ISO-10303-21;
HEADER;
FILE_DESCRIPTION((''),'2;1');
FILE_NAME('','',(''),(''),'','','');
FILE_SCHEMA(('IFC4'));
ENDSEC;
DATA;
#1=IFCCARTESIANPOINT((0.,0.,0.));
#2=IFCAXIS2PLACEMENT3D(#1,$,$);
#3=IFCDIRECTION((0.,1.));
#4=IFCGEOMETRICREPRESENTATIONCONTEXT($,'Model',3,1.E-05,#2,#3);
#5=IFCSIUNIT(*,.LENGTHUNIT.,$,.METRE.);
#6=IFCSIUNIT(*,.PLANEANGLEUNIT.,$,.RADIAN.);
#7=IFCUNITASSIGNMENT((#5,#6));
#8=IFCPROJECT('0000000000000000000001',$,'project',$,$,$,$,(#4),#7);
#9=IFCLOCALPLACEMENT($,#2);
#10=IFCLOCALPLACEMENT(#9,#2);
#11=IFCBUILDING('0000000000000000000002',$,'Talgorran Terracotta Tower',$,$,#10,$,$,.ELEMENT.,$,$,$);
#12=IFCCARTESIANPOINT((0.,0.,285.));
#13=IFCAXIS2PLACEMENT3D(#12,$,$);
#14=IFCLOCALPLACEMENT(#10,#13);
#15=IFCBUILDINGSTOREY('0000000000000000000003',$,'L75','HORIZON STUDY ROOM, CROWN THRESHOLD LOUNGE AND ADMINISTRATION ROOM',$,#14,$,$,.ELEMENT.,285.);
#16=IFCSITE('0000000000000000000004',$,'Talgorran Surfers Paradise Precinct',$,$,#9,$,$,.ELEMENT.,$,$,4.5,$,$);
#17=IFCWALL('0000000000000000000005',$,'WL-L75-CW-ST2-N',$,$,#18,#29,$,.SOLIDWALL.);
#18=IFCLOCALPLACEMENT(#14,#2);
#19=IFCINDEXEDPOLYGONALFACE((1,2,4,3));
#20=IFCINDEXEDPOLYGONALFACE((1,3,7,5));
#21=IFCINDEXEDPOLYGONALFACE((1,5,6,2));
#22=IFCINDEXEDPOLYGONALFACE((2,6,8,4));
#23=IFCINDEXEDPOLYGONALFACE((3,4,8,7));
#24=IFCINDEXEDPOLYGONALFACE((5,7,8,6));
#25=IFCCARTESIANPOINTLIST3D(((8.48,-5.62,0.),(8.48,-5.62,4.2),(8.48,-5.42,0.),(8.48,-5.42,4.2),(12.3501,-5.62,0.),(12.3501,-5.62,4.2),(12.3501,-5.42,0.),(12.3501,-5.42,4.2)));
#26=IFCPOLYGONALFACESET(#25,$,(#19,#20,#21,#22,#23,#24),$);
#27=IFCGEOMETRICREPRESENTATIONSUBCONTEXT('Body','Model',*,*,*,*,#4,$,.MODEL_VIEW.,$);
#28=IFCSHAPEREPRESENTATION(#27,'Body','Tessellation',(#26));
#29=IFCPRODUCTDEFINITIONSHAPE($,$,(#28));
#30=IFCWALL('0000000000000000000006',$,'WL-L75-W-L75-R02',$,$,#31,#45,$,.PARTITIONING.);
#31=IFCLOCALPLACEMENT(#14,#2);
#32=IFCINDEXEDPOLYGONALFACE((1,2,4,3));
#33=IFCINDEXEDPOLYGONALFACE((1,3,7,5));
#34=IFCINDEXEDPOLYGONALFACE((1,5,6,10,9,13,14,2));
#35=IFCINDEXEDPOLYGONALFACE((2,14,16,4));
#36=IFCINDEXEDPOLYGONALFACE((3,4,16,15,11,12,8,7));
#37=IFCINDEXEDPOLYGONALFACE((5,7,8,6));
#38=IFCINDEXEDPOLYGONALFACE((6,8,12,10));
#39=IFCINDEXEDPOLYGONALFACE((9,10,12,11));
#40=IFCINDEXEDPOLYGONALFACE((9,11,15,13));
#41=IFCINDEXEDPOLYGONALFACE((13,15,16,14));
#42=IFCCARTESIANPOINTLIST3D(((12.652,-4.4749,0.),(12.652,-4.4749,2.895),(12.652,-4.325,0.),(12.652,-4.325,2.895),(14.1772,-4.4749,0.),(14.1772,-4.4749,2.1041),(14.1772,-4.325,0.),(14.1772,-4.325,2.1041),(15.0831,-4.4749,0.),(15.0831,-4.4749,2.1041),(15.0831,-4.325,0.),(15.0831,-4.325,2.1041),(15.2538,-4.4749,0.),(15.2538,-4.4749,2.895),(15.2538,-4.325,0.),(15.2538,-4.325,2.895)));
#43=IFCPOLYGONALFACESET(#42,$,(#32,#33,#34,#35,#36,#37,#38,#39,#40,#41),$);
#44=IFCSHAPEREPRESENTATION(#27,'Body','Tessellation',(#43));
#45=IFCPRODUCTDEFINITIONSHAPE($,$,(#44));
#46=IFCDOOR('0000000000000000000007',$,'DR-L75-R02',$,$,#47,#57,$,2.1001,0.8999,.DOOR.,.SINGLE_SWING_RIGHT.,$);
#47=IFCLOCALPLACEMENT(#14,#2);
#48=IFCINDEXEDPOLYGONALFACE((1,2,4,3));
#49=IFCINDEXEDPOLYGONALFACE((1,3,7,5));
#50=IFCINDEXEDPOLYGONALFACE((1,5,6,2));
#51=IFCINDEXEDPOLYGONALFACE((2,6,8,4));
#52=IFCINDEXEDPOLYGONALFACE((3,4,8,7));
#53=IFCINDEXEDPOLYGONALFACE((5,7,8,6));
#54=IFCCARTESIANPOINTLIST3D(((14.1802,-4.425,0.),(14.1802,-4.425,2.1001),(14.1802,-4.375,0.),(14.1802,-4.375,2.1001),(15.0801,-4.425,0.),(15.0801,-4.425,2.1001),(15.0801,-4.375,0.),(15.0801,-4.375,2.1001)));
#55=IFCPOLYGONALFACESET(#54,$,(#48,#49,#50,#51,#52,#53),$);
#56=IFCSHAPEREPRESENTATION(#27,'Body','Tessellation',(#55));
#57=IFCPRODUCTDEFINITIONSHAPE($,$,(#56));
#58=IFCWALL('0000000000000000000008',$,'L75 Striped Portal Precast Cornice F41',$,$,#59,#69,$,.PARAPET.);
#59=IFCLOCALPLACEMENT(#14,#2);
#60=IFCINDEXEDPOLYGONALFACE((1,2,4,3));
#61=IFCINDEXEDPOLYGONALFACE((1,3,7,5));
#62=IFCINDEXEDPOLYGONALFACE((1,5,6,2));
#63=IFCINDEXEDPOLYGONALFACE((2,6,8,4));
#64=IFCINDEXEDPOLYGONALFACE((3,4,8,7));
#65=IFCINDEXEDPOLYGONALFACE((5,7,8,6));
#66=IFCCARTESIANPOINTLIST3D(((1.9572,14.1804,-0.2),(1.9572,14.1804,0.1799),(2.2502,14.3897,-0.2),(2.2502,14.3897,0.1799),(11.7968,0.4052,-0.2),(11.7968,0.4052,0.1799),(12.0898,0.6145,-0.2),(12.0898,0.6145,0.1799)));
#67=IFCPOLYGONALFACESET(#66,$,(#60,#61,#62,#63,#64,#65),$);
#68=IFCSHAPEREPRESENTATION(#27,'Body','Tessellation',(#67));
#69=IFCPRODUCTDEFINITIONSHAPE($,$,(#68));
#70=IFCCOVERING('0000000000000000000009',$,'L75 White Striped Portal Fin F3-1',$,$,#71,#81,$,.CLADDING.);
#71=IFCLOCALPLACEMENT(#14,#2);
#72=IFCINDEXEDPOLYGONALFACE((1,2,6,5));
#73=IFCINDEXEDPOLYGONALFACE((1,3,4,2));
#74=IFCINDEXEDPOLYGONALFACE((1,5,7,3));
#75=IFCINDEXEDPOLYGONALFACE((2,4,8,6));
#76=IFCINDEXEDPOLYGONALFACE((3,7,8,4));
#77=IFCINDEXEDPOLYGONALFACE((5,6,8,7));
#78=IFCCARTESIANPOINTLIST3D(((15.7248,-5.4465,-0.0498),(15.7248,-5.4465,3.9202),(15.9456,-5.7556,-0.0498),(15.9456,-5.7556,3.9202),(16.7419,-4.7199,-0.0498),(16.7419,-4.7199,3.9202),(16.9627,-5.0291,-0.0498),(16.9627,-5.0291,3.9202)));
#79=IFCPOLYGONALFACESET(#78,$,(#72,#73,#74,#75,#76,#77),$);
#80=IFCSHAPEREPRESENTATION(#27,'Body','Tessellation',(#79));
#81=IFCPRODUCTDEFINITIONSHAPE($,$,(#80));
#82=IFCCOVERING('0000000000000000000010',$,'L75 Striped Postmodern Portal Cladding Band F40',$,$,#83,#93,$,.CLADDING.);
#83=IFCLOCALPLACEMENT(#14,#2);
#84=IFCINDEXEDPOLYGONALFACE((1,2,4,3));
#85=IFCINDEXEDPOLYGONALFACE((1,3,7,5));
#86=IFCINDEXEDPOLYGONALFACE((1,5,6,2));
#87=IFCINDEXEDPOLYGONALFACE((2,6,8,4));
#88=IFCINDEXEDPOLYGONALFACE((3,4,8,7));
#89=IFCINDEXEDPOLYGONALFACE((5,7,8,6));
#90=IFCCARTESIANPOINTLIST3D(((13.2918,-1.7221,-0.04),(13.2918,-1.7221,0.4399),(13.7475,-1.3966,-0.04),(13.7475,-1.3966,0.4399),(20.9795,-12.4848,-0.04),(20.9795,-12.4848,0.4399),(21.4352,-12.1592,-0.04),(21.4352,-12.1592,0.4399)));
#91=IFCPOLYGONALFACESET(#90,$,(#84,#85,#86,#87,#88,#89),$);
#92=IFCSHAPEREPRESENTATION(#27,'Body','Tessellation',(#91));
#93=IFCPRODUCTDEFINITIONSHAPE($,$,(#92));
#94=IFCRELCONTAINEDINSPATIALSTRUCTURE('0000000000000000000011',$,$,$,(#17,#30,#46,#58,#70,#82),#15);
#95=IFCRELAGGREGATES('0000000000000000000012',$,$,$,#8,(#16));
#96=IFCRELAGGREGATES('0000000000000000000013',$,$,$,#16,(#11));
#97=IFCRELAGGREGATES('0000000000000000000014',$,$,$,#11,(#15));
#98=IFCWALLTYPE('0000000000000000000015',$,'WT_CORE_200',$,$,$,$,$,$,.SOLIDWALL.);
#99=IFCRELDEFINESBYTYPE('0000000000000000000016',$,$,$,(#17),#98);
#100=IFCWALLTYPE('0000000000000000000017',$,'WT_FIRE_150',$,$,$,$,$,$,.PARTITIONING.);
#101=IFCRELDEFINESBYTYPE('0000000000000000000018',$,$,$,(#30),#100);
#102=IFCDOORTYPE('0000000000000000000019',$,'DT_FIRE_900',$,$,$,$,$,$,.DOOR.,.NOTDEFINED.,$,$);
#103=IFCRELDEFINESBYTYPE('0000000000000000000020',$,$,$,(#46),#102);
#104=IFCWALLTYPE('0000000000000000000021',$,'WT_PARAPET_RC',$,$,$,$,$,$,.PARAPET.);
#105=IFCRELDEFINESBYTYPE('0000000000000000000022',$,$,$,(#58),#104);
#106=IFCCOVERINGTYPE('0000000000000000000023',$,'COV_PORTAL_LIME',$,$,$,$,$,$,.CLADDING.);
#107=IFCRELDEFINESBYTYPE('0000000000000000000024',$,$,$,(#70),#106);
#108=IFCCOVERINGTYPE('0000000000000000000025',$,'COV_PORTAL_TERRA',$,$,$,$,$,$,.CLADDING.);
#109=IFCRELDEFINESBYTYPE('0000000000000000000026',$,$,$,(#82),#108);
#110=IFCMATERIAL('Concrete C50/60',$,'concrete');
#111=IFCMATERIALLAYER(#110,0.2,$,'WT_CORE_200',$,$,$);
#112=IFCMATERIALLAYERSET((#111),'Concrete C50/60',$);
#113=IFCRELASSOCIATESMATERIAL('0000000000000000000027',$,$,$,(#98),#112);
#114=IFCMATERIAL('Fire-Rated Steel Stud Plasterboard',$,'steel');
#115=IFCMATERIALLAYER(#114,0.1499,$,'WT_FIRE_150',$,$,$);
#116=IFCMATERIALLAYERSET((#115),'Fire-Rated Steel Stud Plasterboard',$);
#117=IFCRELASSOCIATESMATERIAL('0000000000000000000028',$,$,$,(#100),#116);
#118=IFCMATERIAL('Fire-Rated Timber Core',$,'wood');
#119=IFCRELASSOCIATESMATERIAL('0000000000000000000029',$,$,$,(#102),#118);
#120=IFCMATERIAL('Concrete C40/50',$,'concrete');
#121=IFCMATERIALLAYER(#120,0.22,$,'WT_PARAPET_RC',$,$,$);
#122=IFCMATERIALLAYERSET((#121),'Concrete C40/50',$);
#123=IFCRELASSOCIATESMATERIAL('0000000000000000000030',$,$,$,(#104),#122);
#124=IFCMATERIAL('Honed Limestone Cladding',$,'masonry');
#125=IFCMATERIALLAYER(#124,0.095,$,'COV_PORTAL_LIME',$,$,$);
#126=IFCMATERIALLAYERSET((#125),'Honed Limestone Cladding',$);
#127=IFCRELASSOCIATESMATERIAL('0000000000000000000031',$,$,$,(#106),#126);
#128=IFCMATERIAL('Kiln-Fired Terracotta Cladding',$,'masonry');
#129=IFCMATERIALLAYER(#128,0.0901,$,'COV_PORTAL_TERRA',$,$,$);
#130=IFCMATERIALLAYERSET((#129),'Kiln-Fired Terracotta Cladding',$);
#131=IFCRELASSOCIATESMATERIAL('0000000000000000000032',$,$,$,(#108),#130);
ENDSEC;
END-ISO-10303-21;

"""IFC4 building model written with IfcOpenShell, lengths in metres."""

from ifc_helpers import new_model, si_unit, direction, frame, frame_2d, origin, origin_2d, place, context, subcontext, project, spatial, rectangle, extrude, material, layer, layer_set, type_object, element, fill, save


model = new_model("IFC4")

# Units and contexts
model_context = context("Model", 3, precision=1e-05, world=origin(), true_north=direction((0.0, 1.0)))
body_context = subcontext(model_context, "Body", "Model", "MODEL_VIEW")
ifc_project = project(units=[si_unit("LENGTHUNIT", "METRE"), si_unit("PLANEANGLEUNIT", "RADIAN")], contexts=[model_context])

# Site, building, storey
site_placement = place(None, origin())
site = spatial("IfcSite", under=ifc_project, at=site_placement, Name="Talgorran Surfers Paradise Precinct", CompositionType="ELEMENT", RefElevation=4.5)
building_placement = place(site_placement, origin())
building = spatial("IfcBuilding", under=site, at=building_placement, Name="Talgorran Terracotta Tower", CompositionType="ELEMENT")
storey_placement = place(building_placement, frame((0.0, 0.0, 285.0)))
storey = spatial("IfcBuildingStorey", under=building, at=storey_placement, Name="L75", Description="HORIZON STUDY ROOM, CROWN THRESHOLD LOUNGE AND ADMINISTRATION ROOM", CompositionType="ELEMENT", Elevation=285.0)

# Shared definitions
ifc_material_1 = material(Name="Concrete C40/50", Category="concrete")

# Wall
ifc_material_2 = material(Name="Concrete C50/60", Category="concrete")
ifc_layer_1 = layer(ifc_material_2, 0.2, Name="WT_CORE_200")
ifc_layer_set_1 = layer_set([ifc_layer_1], Name="Concrete C50/60")
wall_type_1 = type_object("IfcWallType", Name="WT_CORE_200", PredefinedType="SOLIDWALL", material=ifc_layer_set_1)
wall_1_placement = place(storey_placement, frame((8.48, -5.52, 0.0), z_axis=(0.0, 0.0, 1.0), x_axis=(1.0, 0.0, 0.0)))
element("IfcWall", 1, at=wall_1_placement, inside=storey, type_object=wall_type_1, Name="WL-L75-CW-ST2-N", PredefinedType="SOLIDWALL", context=body_context, shape_type="SweptSolid", body=[
    extrude(rectangle(XDim=3.8701, YDim=0.2, at=frame_2d((1.9351, 0.0))), origin(), (0.0, 0.0, 1.0), 4.2),
])

# Wall, opening, door
ifc_material_3 = material(Name="Fire-Rated Steel Stud Plasterboard", Category="steel")
ifc_layer_2 = layer(ifc_material_3, 0.1499, Name="WT_FIRE_150")
ifc_layer_set_2 = layer_set([ifc_layer_2], Name="Fire-Rated Steel Stud Plasterboard")
wall_type_2 = type_object("IfcWallType", Name="WT_FIRE_150", PredefinedType="PARTITIONING", material=ifc_layer_set_2)
wall_2_placement = place(storey_placement, frame((12.6521, -4.3999, 0.0), z_axis=(0.0, 0.0, 1.0), x_axis=(1.0, 0.0, 0.0)))
wall_2 = element("IfcWall", 2, at=wall_2_placement, inside=storey, type_object=wall_type_2, Name="WL-L75-W-L75-R02", PredefinedType="PARTITIONING", context=body_context, shape_type="SweptSolid", body=[
    extrude(rectangle(XDim=2.6018, YDim=0.1499, at=frame_2d((1.3008, 0.0))), origin(), (0.0, 0.0, 1.0), 2.895),
])
opening_1_placement = place(wall_2_placement, frame((1.5281, 0.0, 0.0)))
opening_1 = element("IfcOpeningElement", 3, at=opening_1_placement, cuts=wall_2, PredefinedType="OPENING", context=body_context, shape_type="SweptSolid", body=[
    extrude(rectangle(XDim=0.9059, YDim=2.1041, at=frame_2d((0.45, 1.052))), frame((0.0, 0.085, 0.0), z_axis=(0.0, -1.0, 0.0), x_axis=(1.0, 0.0, 0.0)), (0.0, 0.0, 1.0), 0.1699),
])
ifc_material_4 = material(Name="Fire-Rated Timber Core", Category="wood")
door_type_1 = type_object("IfcDoorType", Name="DT_FIRE_900", OperationType="NOTDEFINED", PredefinedType="DOOR", material=ifc_material_4)
door_1_placement = place(opening_1_placement, origin())
door_1 = element("IfcDoor", 4, at=door_1_placement, inside=storey, type_object=door_type_1, Name="DR-L75-R02", OperationType="SINGLE_SWING_RIGHT", OverallHeight=2.1001, OverallWidth=0.8999, PredefinedType="DOOR", context=body_context, shape_type="SweptSolid", body=[
    extrude(rectangle(XDim=0.8999, YDim=2.1001, at=frame_2d((0.45, 1.05))), frame((0.0, 0.0249, 0.0), z_axis=(0.0, -1.0, 0.0), x_axis=(1.0, 0.0, 0.0)), (0.0, 0.0, 1.0), 0.05),
])
fill(opening_1, door_1)

# Wall
ifc_layer_3 = layer(ifc_material_1, 0.22, Name="WT_PARAPET_RC")
ifc_layer_set_3 = layer_set([ifc_layer_3], Name="Concrete C40/50")
wall_type_3 = type_object("IfcWallType", Name="WT_PARAPET_RC", PredefinedType="PARAPET", material=ifc_layer_set_3)
wall_3_placement = place(storey_placement, frame((11.9434, 0.5098, -0.2), z_axis=(0.0, 0.0, 1.0), x_axis=(-0.581246, 0.813728, 0.0)))
element("IfcWall", 5, at=wall_3_placement, inside=storey, type_object=wall_type_3, Name="L75 Striped Portal Precast Cornice F41", PredefinedType="PARAPET", context=body_context, shape_type="SweptSolid", body=[
    extrude(rectangle(XDim=16.9285, YDim=0.3601, at=frame_2d((8.4644, 0.0))), origin(), (0.0, 0.0, 1.0), 0.3799),
])

# Coverings
ifc_material_5 = material(Name="Honed Limestone Cladding", Category="masonry")
ifc_layer_4 = layer(ifc_material_5, 0.095, Name="COV_PORTAL_LIME")
ifc_layer_set_4 = layer_set([ifc_layer_4], Name="Honed Limestone Cladding")
covering_type_1 = type_object("IfcCoveringType", Name="COV_PORTAL_LIME", PredefinedType="CLADDING", material=ifc_layer_set_4)
covering_1_placement = place(storey_placement, frame((16.3438, -5.2378, -0.0498), z_axis=(0.0, 0.0, 1.0), x_axis=(-0.581257, 0.81372, 0.0)))
element("IfcCovering", 6, at=covering_1_placement, inside=storey, type_object=covering_type_1, Name="L75 White Striped Portal Fin F3-1", PredefinedType="CLADDING", context=body_context, shape_type="SweptSolid", body=[
    extrude(rectangle(XDim=0.3799, YDim=1.25, at=origin_2d()), origin(), (0.0, 0.0, 1.0), 3.97),
])
ifc_material_6 = material(Name="Kiln-Fired Terracotta Cladding", Category="masonry")
ifc_layer_5 = layer(ifc_material_6, 0.0901, Name="COV_PORTAL_TERRA")
ifc_layer_set_5 = layer_set([ifc_layer_5], Name="Kiln-Fired Terracotta Cladding")
covering_type_2 = type_object("IfcCoveringType", Name="COV_PORTAL_TERRA", PredefinedType="CLADDING", material=ifc_layer_set_5)
covering_2_placement = place(storey_placement, frame((17.3635, -6.9407, -0.04), z_axis=(0.0, 0.0, 1.0), x_axis=(-0.581243, 0.81373, 0.0)))
element("IfcCovering", 7, at=covering_2_placement, inside=storey, type_object=covering_type_2, Name="L75 Striped Postmodern Portal Cladding Band F40", PredefinedType="CLADDING", context=body_context, shape_type="SweptSolid", body=[
    extrude(rectangle(XDim=13.2263, YDim=0.5601, at=origin_2d()), origin(), (0.0, 0.0, 1.0), 0.48),
])

save(model, "model.ifc")
